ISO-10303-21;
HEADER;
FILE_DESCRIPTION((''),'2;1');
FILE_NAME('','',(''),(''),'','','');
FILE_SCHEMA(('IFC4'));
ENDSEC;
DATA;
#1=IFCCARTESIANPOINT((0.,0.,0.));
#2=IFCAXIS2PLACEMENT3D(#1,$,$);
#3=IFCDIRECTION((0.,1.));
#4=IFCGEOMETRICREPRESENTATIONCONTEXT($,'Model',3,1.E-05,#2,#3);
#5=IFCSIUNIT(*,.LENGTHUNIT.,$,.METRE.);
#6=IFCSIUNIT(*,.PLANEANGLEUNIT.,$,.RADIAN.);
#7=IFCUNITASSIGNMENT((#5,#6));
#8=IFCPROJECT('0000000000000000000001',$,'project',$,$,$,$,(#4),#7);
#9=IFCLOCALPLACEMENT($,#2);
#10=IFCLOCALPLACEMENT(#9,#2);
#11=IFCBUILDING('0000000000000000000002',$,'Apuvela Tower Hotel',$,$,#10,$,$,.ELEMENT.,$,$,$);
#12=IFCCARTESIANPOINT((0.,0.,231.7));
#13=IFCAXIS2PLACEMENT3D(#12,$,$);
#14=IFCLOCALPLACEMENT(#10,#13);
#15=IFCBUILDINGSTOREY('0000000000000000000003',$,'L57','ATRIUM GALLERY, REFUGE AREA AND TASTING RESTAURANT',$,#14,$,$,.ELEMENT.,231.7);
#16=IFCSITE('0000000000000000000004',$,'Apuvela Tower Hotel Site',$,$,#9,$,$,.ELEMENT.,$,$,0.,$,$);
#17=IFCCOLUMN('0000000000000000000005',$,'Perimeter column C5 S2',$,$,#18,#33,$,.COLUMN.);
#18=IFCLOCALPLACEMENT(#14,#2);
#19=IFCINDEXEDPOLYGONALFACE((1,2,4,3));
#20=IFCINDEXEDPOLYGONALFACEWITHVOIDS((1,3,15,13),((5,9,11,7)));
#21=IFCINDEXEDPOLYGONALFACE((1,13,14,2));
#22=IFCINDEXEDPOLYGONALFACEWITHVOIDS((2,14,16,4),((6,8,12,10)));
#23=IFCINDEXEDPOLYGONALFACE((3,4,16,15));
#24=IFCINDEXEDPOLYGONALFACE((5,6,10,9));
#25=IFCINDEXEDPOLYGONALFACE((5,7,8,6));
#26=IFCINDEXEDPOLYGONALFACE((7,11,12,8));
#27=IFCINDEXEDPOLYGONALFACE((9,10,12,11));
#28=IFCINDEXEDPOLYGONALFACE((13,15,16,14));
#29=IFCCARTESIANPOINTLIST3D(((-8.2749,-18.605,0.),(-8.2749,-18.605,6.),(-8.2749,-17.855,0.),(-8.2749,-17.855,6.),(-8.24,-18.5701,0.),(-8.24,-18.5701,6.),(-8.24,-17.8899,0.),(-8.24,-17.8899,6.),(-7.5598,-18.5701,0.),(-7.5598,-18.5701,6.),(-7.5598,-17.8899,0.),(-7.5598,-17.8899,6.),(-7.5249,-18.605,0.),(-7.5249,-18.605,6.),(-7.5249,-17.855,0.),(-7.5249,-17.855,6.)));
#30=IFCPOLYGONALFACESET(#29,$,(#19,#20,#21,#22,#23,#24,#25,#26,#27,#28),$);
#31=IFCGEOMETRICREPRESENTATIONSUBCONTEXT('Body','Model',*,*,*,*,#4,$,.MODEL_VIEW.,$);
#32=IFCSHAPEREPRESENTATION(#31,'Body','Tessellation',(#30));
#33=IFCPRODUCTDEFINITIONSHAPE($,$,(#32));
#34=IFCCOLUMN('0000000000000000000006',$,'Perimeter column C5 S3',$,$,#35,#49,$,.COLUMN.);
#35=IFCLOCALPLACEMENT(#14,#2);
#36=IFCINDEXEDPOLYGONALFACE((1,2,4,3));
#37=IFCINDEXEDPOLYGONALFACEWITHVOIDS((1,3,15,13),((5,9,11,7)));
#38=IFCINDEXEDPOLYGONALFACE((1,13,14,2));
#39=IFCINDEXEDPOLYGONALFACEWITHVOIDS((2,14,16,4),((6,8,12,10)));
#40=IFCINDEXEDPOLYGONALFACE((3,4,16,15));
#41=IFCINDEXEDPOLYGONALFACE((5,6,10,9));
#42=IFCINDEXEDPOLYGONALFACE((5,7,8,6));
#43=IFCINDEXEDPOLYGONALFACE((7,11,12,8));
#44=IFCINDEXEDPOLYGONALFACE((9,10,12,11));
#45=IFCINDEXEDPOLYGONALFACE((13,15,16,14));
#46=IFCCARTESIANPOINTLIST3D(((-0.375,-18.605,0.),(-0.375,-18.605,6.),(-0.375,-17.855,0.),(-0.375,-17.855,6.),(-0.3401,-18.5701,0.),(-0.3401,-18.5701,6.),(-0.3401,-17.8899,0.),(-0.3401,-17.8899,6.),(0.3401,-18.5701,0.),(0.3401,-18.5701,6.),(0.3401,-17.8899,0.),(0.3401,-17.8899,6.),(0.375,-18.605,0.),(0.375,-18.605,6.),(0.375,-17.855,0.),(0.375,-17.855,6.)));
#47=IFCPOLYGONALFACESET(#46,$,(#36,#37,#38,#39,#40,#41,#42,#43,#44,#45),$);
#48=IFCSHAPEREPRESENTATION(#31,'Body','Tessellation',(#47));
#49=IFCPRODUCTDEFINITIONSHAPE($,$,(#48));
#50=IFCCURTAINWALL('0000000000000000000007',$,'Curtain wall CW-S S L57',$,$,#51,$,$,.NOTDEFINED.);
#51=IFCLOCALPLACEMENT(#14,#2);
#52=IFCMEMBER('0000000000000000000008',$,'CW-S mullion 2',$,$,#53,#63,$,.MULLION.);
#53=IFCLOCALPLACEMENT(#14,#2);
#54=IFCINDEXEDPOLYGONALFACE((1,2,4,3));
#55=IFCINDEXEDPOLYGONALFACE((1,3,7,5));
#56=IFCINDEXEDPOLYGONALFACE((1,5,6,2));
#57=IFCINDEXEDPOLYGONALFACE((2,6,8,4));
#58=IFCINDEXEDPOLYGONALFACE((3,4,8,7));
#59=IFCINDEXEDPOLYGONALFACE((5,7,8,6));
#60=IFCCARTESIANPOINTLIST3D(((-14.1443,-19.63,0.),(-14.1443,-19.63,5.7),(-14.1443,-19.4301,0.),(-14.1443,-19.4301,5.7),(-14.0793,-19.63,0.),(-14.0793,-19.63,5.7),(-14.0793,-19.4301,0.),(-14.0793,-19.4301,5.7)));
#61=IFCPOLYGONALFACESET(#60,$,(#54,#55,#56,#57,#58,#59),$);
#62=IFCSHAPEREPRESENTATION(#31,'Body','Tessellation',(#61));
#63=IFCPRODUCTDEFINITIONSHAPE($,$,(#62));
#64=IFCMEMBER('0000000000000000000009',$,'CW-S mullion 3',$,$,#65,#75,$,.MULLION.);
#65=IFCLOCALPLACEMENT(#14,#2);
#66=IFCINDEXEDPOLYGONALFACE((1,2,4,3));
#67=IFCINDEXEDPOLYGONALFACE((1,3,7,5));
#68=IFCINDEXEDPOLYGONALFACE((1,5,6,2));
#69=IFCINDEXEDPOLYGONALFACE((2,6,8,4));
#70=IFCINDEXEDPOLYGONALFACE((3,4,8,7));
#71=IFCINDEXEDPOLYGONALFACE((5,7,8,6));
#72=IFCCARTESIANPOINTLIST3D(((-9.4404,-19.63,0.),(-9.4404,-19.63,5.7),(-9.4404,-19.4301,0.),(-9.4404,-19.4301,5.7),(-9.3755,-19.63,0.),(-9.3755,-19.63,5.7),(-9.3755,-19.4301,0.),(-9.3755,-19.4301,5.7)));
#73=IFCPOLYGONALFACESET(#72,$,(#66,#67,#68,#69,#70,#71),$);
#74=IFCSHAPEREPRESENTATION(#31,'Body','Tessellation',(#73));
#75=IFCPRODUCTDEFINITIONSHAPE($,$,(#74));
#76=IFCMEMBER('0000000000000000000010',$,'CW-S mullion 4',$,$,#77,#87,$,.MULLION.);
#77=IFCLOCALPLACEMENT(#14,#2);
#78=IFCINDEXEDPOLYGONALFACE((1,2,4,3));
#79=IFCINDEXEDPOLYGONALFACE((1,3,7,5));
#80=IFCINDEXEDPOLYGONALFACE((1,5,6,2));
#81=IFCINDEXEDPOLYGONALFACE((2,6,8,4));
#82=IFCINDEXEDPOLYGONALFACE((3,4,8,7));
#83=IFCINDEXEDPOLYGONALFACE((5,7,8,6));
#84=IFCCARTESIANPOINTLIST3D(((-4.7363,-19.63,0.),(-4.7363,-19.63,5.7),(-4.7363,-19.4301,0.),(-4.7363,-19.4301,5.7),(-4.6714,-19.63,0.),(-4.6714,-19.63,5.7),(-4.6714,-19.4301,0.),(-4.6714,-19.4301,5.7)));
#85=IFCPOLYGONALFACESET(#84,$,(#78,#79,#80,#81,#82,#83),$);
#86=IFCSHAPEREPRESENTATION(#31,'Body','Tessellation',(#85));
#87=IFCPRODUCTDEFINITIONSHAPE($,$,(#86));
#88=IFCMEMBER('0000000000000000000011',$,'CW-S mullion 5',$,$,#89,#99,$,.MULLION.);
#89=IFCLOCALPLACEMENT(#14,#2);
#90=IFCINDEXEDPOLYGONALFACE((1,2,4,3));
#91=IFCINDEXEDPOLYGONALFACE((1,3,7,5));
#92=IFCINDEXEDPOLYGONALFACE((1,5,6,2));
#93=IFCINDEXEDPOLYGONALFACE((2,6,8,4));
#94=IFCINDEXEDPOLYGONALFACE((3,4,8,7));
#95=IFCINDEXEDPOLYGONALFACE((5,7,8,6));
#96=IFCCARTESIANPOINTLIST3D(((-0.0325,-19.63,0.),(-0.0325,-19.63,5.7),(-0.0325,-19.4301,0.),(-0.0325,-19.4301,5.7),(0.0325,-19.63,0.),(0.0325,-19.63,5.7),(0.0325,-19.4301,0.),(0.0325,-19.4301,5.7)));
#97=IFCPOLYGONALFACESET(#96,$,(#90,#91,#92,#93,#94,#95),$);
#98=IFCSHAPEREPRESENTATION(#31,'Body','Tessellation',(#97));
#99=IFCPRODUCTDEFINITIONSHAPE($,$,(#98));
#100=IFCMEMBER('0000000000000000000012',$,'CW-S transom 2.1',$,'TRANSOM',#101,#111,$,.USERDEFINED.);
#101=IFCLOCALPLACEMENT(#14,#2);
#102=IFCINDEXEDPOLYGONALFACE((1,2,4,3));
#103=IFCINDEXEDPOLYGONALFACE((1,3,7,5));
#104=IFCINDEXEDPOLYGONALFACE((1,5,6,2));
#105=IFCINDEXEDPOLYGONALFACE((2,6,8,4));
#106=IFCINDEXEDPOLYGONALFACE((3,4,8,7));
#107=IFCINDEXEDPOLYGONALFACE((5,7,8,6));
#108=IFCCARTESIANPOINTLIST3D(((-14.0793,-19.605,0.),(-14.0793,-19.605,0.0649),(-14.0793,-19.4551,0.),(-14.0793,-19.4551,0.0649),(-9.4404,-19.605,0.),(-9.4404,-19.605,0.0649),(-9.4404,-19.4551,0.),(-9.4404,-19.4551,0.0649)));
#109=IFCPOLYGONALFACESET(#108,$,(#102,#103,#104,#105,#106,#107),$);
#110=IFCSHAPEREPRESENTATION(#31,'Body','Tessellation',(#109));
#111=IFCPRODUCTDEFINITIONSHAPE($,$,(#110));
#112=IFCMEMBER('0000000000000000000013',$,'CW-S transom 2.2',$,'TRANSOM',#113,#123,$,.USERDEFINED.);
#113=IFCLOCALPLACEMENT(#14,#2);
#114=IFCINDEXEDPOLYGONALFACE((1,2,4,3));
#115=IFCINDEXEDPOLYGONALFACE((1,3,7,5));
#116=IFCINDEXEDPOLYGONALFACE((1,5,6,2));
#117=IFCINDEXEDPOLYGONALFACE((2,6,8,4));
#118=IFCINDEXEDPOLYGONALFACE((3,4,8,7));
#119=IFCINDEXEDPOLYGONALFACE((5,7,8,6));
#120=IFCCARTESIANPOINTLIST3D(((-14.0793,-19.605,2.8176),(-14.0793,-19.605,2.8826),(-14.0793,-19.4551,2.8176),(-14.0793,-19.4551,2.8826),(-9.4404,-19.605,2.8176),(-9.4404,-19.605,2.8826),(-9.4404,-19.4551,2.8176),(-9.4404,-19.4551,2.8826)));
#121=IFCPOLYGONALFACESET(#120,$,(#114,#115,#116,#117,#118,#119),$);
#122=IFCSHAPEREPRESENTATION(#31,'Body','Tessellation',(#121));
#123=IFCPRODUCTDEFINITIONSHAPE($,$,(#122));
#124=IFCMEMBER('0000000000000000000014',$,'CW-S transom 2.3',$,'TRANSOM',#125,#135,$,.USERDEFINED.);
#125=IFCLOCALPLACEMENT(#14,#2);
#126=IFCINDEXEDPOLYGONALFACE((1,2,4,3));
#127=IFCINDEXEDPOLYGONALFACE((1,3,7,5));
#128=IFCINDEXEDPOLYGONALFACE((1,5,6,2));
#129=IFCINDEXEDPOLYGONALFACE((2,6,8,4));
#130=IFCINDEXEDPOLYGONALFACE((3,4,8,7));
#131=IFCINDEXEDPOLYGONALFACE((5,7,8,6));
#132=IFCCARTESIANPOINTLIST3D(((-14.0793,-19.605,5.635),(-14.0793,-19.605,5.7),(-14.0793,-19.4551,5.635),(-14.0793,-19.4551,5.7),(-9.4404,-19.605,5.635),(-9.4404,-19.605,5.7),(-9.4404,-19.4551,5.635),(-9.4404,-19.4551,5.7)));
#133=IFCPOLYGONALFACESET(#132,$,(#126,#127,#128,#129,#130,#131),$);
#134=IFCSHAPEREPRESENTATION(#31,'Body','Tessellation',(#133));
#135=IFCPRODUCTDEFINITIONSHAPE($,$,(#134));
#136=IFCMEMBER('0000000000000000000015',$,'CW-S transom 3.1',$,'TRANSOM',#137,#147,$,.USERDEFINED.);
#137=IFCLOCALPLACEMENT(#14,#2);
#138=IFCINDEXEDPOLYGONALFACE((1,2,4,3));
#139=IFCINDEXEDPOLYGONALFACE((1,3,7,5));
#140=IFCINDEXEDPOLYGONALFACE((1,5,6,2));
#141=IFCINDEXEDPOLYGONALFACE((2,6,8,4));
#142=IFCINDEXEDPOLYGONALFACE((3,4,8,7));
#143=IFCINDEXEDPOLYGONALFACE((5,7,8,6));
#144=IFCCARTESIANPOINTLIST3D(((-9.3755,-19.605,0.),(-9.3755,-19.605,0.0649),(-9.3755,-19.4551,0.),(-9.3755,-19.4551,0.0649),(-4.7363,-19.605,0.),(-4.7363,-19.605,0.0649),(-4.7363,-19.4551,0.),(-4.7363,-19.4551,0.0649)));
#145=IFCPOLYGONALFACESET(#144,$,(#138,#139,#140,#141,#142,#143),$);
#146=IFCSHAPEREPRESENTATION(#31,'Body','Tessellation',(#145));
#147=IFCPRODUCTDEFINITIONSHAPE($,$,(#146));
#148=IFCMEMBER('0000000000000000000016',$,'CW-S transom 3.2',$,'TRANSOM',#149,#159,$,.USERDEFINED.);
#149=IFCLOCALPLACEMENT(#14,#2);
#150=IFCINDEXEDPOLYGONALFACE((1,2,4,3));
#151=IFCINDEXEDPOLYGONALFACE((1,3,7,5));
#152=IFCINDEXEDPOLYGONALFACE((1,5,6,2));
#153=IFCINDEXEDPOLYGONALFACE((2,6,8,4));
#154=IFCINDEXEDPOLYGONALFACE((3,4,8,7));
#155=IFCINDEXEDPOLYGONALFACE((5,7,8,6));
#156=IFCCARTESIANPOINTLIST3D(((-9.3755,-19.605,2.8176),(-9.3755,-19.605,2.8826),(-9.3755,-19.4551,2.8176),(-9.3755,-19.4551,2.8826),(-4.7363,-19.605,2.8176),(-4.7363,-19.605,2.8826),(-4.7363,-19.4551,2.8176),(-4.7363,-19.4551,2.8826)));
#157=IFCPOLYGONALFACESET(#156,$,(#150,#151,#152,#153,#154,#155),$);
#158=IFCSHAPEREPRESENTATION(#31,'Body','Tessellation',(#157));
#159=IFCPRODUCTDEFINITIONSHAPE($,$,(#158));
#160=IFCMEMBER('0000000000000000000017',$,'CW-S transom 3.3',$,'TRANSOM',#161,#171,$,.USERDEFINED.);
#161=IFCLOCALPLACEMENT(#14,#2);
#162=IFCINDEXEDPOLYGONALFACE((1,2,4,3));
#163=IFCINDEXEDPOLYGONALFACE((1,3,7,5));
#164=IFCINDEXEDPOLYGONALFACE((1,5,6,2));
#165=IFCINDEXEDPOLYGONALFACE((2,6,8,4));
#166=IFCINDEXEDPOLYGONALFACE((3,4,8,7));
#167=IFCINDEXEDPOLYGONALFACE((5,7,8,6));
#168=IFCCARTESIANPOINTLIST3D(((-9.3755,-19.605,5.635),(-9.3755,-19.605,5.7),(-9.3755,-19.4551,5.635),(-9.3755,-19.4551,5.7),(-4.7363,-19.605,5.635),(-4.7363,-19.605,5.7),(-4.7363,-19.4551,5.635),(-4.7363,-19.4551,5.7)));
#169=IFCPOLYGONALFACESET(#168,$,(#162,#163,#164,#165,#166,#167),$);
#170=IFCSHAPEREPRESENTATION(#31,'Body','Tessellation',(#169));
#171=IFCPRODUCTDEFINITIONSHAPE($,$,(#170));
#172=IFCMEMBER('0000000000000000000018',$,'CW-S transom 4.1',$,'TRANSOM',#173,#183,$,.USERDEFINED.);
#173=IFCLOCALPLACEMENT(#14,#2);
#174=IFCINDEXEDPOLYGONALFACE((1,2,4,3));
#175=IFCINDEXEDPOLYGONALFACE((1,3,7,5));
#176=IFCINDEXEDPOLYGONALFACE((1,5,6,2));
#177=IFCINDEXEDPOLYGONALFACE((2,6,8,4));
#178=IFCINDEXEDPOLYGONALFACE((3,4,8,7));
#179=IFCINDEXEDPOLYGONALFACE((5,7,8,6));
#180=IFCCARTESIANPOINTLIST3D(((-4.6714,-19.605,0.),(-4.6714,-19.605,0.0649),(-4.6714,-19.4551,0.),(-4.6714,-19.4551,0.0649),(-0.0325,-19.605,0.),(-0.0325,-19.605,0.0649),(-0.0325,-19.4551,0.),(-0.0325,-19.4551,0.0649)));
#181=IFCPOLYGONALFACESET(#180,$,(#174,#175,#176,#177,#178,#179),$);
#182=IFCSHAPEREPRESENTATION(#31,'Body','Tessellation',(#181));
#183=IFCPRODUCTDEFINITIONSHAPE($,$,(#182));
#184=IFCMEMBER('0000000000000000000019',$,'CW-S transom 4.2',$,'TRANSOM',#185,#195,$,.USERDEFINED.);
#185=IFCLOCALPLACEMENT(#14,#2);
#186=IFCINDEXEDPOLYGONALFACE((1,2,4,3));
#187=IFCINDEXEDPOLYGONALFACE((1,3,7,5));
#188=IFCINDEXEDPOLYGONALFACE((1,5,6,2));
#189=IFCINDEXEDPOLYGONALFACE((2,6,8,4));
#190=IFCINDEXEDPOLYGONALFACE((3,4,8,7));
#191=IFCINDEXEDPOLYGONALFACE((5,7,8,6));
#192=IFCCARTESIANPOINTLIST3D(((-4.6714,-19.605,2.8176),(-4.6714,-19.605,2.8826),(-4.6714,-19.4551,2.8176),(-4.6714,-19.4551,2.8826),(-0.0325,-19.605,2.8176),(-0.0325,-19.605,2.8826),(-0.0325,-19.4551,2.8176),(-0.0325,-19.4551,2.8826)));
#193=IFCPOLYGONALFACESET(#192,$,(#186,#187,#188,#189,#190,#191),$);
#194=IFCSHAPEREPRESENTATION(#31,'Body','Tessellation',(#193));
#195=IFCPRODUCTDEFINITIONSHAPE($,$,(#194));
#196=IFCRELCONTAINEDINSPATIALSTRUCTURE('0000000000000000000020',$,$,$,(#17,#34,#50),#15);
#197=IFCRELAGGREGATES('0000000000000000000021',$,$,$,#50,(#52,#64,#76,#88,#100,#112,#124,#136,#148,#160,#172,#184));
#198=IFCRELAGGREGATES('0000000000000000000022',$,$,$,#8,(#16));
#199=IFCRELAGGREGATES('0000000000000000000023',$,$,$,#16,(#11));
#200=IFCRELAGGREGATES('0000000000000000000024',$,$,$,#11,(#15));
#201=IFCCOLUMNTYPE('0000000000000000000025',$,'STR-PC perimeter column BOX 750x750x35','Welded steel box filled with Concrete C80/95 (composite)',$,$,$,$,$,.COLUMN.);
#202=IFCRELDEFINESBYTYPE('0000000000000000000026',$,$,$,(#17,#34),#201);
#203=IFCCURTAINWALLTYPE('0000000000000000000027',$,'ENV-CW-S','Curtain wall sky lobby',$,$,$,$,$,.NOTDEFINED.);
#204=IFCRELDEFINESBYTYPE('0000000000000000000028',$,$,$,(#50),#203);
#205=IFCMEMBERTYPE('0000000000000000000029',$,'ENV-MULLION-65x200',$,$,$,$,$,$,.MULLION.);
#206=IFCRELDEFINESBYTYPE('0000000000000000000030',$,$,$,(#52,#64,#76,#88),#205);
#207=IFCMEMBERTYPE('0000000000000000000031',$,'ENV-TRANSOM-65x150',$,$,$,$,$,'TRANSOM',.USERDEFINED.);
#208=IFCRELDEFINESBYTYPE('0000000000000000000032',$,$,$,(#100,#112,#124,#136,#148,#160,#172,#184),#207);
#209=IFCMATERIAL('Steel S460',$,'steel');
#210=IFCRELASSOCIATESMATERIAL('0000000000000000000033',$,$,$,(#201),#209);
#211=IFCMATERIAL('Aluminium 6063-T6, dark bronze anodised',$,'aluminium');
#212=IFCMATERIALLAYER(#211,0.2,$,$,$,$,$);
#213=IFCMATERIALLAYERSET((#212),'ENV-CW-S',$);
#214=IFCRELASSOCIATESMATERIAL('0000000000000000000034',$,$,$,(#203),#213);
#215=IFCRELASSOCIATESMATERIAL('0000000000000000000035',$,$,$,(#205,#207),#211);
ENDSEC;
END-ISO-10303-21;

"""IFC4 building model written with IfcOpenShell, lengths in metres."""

from ifc_helpers import new_model, si_unit, direction, frame, origin, origin_2d, place, context, subcontext, project, spatial, rectangle, hollow_rectangle, extrude, material, layer, layer_set, material_profile, profile_set, type_object, element, aggregate, save


model = new_model("IFC4")

# Units and contexts
model_context = context("Model", 3, precision=1e-05, world=origin(), true_north=direction((0.0, 1.0)))
body_context = subcontext(model_context, "Body", "Model", "MODEL_VIEW")
ifc_project = project(units=[si_unit("LENGTHUNIT", "METRE"), si_unit("PLANEANGLEUNIT", "RADIAN")], contexts=[model_context])

# Site, building, storey
site_placement = place(None, origin())
site = spatial("IfcSite", under=ifc_project, at=site_placement, Name="Apuvela Tower Hotel Site", CompositionType="ELEMENT", RefElevation=0.0)
building_placement = place(site_placement, origin())
building = spatial("IfcBuilding", under=site, at=building_placement, Name="Apuvela Tower Hotel", CompositionType="ELEMENT")
storey_placement = place(building_placement, frame((0.0, 0.0, 231.7)))
storey = spatial("IfcBuildingStorey", under=building, at=storey_placement, Name="L57", Description="ATRIUM GALLERY, REFUGE AREA AND TASTING RESTAURANT", CompositionType="ELEMENT", Elevation=231.7)

# Columns
ifc_material_1 = material(Name="Steel S460", Category="steel")
ifc_material_profile_1 = material_profile(ifc_material_1, hollow_rectangle(XDim=0.75, YDim=0.75, WallThickness=0.0349, at=origin_2d()), Name="BOX 750x750x35")
ifc_material_2 = material(Name="Concrete C80/95", Category="concrete")
ifc_material_profile_2 = material_profile(ifc_material_2, rectangle(XDim=0.6799, YDim=0.6799, at=origin_2d()), Name="Concrete C80/95 infill")
ifc_profile_set_1 = profile_set([ifc_material_profile_1, ifc_material_profile_2], Name="Steel S460")
column_type = type_object("IfcColumnType", Name="STR-PC perimeter column BOX 750x750x35", Description="Welded steel box filled with Concrete C80/95 (composite)", PredefinedType="COLUMN", material=ifc_profile_set_1)
for number, where, z_axis, x_axis, name in (
    (1, (-7.8999, -18.23, 0.0), (0.0, 0.0, 1.0), (-1.0, 0.0, 0.0), "Perimeter column C5 S2"),
    (2, (0.0, -18.23, 0.0), (0.0, 0.0, 1.0), (-1.0, 0.0, 0.0), "Perimeter column C5 S3"),
):
    element("IfcColumn", number, at=place(storey_placement, frame(where, z_axis=z_axis, x_axis=x_axis)), inside=storey, type_object=column_type, Name=name, PredefinedType="COLUMN", context=body_context, shape_type="SweptSolid", body=[
        extrude(hollow_rectangle(XDim=0.75, YDim=0.75, WallThickness=0.0349, at=origin_2d()), origin(), (0.0, 0.0, 1.0), 6.0),
    ])

# Curtain wall, members
ifc_material_3 = material(Name="Aluminium 6063-T6, dark bronze anodised", Category="aluminium")
ifc_layer_1 = layer(ifc_material_3, 0.2)
ifc_layer_set_1 = layer_set([ifc_layer_1], Name="ENV-CW-S")
curtain_wall_type = type_object("IfcCurtainWallType", Name="ENV-CW-S", Description="Curtain wall sky lobby", PredefinedType="NOTDEFINED", material=ifc_layer_set_1)
curtain_wall_placement = place(storey_placement, origin())
curtain_wall = element("IfcCurtainWall", 3, at=curtain_wall_placement, inside=storey, type_object=curtain_wall_type, Name="Curtain wall CW-S S L57", PredefinedType="NOTDEFINED")
ifc_material_profile_3 = material_profile(ifc_material_3, rectangle(XDim=0.2, YDim=0.0649, at=origin_2d()), Name="AL 65x200")
ifc_profile_set_2 = profile_set([ifc_material_profile_3], Name="Aluminium 6063-T6, dark bronze anodised")
member_type_1 = type_object("IfcMemberType", Name="ENV-MULLION-65x200", PredefinedType="MULLION", material=ifc_profile_set_2)
member_1_placement = place(storey_placement, frame((-14.1118, -19.53, 0.0), z_axis=(0.0, 0.0, 1.0), x_axis=(0.0, 1.0, 0.0)))
member_1 = element("IfcMember", 4, at=member_1_placement, type_object=member_type_1, Name="CW-S mullion 2", PredefinedType="MULLION", context=body_context, shape_type="SweptSolid", body=[
    extrude(rectangle(XDim=0.2, YDim=0.0649, at=origin_2d()), origin(), (0.0, 0.0, 1.0), 5.7),
])
member_2_placement = place(storey_placement, frame((-9.408, -19.53, 0.0), z_axis=(0.0, 0.0, 1.0), x_axis=(0.0, 1.0, 0.0)))
member_2 = element("IfcMember", 5, at=member_2_placement, type_object=member_type_1, Name="CW-S mullion 3", PredefinedType="MULLION", context=body_context, shape_type="SweptSolid", body=[
    extrude(rectangle(XDim=0.2, YDim=0.0649, at=origin_2d()), origin(), (0.0, 0.0, 1.0), 5.7),
])
member_3_placement = place(storey_placement, frame((-4.7039, -19.53, 0.0), z_axis=(0.0, 0.0, 1.0), x_axis=(0.0, 1.0, 0.0)))
member_3 = element("IfcMember", 6, at=member_3_placement, type_object=member_type_1, Name="CW-S mullion 4", PredefinedType="MULLION", context=body_context, shape_type="SweptSolid", body=[
    extrude(rectangle(XDim=0.2, YDim=0.0649, at=origin_2d()), origin(), (0.0, 0.0, 1.0), 5.7),
])
member_4_placement = place(storey_placement, frame((0.0, -19.53, 0.0), z_axis=(0.0, 0.0, 1.0), x_axis=(0.0, 1.0, 0.0)))
member_4 = element("IfcMember", 7, at=member_4_placement, type_object=member_type_1, Name="CW-S mullion 5", PredefinedType="MULLION", context=body_context, shape_type="SweptSolid", body=[
    extrude(rectangle(XDim=0.2, YDim=0.0649, at=origin_2d()), origin(), (0.0, 0.0, 1.0), 5.7),
])
ifc_material_profile_4 = material_profile(ifc_material_3, rectangle(XDim=0.1499, YDim=0.0649, at=origin_2d()), Name="AL 65x150 transom")
ifc_profile_set_3 = profile_set([ifc_material_profile_4], Name="Aluminium 6063-T6, dark bronze anodised")
member_type_2 = type_object("IfcMemberType", Name="ENV-TRANSOM-65x150", ElementType="TRANSOM", PredefinedType="USERDEFINED", material=ifc_profile_set_3)
member_5_placement = place(storey_placement, frame((-14.0793, -19.53, 0.0325), z_axis=(1.0, 0.0, 0.0), x_axis=(0.0, 1.0, 0.0)))
member_5 = element("IfcMember", 8, at=member_5_placement, type_object=member_type_2, Name="CW-S transom 2.1", ObjectType="TRANSOM", PredefinedType="USERDEFINED", context=body_context, shape_type="SweptSolid", body=[
    extrude(rectangle(XDim=0.1499, YDim=0.0649, at=origin_2d()), origin(), (0.0, 0.0, 1.0), 4.6389),
])
member_6_placement = place(storey_placement, frame((-14.0793, -19.53, 2.8501), z_axis=(1.0, 0.0, 0.0), x_axis=(0.0, 1.0, 0.0)))
member_6 = element("IfcMember", 9, at=member_6_placement, type_object=member_type_2, Name="CW-S transom 2.2", ObjectType="TRANSOM", PredefinedType="USERDEFINED", context=body_context, shape_type="SweptSolid", body=[
    extrude(rectangle(XDim=0.1499, YDim=0.0649, at=origin_2d()), origin(), (0.0, 0.0, 1.0), 4.6389),
])
member_7_placement = place(storey_placement, frame((-14.0793, -19.53, 5.6675), z_axis=(1.0, 0.0, 0.0), x_axis=(0.0, 1.0, 0.0)))
member_7 = element("IfcMember", 10, at=member_7_placement, type_object=member_type_2, Name="CW-S transom 2.3", ObjectType="TRANSOM", PredefinedType="USERDEFINED", context=body_context, shape_type="SweptSolid", body=[
    extrude(rectangle(XDim=0.1499, YDim=0.0649, at=origin_2d()), origin(), (0.0, 0.0, 1.0), 4.6389),
])
member_8_placement = place(storey_placement, frame((-9.3755, -19.53, 0.0325), z_axis=(1.0, 0.0, 0.0), x_axis=(0.0, 1.0, 0.0)))
member_8 = element("IfcMember", 11, at=member_8_placement, type_object=member_type_2, Name="CW-S transom 3.1", ObjectType="TRANSOM", PredefinedType="USERDEFINED", context=body_context, shape_type="SweptSolid", body=[
    extrude(rectangle(XDim=0.1499, YDim=0.0649, at=origin_2d()), origin(), (0.0, 0.0, 1.0), 4.6392),
])
member_9_placement = place(storey_placement, frame((-9.3755, -19.53, 2.8501), z_axis=(1.0, 0.0, 0.0), x_axis=(0.0, 1.0, 0.0)))
member_9 = element("IfcMember", 12, at=member_9_placement, type_object=member_type_2, Name="CW-S transom 3.2", ObjectType="TRANSOM", PredefinedType="USERDEFINED", context=body_context, shape_type="SweptSolid", body=[
    extrude(rectangle(XDim=0.1499, YDim=0.0649, at=origin_2d()), origin(), (0.0, 0.0, 1.0), 4.6392),
])
member_10_placement = place(storey_placement, frame((-9.3755, -19.53, 5.6675), z_axis=(1.0, 0.0, 0.0), x_axis=(0.0, 1.0, 0.0)))
member_10 = element("IfcMember", 13, at=member_10_placement, type_object=member_type_2, Name="CW-S transom 3.3", ObjectType="TRANSOM", PredefinedType="USERDEFINED", context=body_context, shape_type="SweptSolid", body=[
    extrude(rectangle(XDim=0.1499, YDim=0.0649, at=origin_2d()), origin(), (0.0, 0.0, 1.0), 4.6392),
])
member_11_placement = place(storey_placement, frame((-4.6714, -19.53, 0.0325), z_axis=(1.0, 0.0, 0.0), x_axis=(0.0, 1.0, 0.0)))
member_11 = element("IfcMember", 14, at=member_11_placement, type_object=member_type_2, Name="CW-S transom 4.1", ObjectType="TRANSOM", PredefinedType="USERDEFINED", context=body_context, shape_type="SweptSolid", body=[
    extrude(rectangle(XDim=0.1499, YDim=0.0649, at=origin_2d()), origin(), (0.0, 0.0, 1.0), 4.6389),
])
member_12_placement = place(storey_placement, frame((-4.6714, -19.53, 2.8501), z_axis=(1.0, 0.0, 0.0), x_axis=(0.0, 1.0, 0.0)))
member_12 = element("IfcMember", 15, at=member_12_placement, type_object=member_type_2, Name="CW-S transom 4.2", ObjectType="TRANSOM", PredefinedType="USERDEFINED", context=body_context, shape_type="SweptSolid", body=[
    extrude(rectangle(XDim=0.1499, YDim=0.0649, at=origin_2d()), origin(), (0.0, 0.0, 1.0), 4.6389),
])

aggregate(curtain_wall, [member_1, member_2, member_3, member_4, member_5, member_6, member_7, member_8, member_9, member_10, member_11, member_12])

save(model, "model.ifc")
